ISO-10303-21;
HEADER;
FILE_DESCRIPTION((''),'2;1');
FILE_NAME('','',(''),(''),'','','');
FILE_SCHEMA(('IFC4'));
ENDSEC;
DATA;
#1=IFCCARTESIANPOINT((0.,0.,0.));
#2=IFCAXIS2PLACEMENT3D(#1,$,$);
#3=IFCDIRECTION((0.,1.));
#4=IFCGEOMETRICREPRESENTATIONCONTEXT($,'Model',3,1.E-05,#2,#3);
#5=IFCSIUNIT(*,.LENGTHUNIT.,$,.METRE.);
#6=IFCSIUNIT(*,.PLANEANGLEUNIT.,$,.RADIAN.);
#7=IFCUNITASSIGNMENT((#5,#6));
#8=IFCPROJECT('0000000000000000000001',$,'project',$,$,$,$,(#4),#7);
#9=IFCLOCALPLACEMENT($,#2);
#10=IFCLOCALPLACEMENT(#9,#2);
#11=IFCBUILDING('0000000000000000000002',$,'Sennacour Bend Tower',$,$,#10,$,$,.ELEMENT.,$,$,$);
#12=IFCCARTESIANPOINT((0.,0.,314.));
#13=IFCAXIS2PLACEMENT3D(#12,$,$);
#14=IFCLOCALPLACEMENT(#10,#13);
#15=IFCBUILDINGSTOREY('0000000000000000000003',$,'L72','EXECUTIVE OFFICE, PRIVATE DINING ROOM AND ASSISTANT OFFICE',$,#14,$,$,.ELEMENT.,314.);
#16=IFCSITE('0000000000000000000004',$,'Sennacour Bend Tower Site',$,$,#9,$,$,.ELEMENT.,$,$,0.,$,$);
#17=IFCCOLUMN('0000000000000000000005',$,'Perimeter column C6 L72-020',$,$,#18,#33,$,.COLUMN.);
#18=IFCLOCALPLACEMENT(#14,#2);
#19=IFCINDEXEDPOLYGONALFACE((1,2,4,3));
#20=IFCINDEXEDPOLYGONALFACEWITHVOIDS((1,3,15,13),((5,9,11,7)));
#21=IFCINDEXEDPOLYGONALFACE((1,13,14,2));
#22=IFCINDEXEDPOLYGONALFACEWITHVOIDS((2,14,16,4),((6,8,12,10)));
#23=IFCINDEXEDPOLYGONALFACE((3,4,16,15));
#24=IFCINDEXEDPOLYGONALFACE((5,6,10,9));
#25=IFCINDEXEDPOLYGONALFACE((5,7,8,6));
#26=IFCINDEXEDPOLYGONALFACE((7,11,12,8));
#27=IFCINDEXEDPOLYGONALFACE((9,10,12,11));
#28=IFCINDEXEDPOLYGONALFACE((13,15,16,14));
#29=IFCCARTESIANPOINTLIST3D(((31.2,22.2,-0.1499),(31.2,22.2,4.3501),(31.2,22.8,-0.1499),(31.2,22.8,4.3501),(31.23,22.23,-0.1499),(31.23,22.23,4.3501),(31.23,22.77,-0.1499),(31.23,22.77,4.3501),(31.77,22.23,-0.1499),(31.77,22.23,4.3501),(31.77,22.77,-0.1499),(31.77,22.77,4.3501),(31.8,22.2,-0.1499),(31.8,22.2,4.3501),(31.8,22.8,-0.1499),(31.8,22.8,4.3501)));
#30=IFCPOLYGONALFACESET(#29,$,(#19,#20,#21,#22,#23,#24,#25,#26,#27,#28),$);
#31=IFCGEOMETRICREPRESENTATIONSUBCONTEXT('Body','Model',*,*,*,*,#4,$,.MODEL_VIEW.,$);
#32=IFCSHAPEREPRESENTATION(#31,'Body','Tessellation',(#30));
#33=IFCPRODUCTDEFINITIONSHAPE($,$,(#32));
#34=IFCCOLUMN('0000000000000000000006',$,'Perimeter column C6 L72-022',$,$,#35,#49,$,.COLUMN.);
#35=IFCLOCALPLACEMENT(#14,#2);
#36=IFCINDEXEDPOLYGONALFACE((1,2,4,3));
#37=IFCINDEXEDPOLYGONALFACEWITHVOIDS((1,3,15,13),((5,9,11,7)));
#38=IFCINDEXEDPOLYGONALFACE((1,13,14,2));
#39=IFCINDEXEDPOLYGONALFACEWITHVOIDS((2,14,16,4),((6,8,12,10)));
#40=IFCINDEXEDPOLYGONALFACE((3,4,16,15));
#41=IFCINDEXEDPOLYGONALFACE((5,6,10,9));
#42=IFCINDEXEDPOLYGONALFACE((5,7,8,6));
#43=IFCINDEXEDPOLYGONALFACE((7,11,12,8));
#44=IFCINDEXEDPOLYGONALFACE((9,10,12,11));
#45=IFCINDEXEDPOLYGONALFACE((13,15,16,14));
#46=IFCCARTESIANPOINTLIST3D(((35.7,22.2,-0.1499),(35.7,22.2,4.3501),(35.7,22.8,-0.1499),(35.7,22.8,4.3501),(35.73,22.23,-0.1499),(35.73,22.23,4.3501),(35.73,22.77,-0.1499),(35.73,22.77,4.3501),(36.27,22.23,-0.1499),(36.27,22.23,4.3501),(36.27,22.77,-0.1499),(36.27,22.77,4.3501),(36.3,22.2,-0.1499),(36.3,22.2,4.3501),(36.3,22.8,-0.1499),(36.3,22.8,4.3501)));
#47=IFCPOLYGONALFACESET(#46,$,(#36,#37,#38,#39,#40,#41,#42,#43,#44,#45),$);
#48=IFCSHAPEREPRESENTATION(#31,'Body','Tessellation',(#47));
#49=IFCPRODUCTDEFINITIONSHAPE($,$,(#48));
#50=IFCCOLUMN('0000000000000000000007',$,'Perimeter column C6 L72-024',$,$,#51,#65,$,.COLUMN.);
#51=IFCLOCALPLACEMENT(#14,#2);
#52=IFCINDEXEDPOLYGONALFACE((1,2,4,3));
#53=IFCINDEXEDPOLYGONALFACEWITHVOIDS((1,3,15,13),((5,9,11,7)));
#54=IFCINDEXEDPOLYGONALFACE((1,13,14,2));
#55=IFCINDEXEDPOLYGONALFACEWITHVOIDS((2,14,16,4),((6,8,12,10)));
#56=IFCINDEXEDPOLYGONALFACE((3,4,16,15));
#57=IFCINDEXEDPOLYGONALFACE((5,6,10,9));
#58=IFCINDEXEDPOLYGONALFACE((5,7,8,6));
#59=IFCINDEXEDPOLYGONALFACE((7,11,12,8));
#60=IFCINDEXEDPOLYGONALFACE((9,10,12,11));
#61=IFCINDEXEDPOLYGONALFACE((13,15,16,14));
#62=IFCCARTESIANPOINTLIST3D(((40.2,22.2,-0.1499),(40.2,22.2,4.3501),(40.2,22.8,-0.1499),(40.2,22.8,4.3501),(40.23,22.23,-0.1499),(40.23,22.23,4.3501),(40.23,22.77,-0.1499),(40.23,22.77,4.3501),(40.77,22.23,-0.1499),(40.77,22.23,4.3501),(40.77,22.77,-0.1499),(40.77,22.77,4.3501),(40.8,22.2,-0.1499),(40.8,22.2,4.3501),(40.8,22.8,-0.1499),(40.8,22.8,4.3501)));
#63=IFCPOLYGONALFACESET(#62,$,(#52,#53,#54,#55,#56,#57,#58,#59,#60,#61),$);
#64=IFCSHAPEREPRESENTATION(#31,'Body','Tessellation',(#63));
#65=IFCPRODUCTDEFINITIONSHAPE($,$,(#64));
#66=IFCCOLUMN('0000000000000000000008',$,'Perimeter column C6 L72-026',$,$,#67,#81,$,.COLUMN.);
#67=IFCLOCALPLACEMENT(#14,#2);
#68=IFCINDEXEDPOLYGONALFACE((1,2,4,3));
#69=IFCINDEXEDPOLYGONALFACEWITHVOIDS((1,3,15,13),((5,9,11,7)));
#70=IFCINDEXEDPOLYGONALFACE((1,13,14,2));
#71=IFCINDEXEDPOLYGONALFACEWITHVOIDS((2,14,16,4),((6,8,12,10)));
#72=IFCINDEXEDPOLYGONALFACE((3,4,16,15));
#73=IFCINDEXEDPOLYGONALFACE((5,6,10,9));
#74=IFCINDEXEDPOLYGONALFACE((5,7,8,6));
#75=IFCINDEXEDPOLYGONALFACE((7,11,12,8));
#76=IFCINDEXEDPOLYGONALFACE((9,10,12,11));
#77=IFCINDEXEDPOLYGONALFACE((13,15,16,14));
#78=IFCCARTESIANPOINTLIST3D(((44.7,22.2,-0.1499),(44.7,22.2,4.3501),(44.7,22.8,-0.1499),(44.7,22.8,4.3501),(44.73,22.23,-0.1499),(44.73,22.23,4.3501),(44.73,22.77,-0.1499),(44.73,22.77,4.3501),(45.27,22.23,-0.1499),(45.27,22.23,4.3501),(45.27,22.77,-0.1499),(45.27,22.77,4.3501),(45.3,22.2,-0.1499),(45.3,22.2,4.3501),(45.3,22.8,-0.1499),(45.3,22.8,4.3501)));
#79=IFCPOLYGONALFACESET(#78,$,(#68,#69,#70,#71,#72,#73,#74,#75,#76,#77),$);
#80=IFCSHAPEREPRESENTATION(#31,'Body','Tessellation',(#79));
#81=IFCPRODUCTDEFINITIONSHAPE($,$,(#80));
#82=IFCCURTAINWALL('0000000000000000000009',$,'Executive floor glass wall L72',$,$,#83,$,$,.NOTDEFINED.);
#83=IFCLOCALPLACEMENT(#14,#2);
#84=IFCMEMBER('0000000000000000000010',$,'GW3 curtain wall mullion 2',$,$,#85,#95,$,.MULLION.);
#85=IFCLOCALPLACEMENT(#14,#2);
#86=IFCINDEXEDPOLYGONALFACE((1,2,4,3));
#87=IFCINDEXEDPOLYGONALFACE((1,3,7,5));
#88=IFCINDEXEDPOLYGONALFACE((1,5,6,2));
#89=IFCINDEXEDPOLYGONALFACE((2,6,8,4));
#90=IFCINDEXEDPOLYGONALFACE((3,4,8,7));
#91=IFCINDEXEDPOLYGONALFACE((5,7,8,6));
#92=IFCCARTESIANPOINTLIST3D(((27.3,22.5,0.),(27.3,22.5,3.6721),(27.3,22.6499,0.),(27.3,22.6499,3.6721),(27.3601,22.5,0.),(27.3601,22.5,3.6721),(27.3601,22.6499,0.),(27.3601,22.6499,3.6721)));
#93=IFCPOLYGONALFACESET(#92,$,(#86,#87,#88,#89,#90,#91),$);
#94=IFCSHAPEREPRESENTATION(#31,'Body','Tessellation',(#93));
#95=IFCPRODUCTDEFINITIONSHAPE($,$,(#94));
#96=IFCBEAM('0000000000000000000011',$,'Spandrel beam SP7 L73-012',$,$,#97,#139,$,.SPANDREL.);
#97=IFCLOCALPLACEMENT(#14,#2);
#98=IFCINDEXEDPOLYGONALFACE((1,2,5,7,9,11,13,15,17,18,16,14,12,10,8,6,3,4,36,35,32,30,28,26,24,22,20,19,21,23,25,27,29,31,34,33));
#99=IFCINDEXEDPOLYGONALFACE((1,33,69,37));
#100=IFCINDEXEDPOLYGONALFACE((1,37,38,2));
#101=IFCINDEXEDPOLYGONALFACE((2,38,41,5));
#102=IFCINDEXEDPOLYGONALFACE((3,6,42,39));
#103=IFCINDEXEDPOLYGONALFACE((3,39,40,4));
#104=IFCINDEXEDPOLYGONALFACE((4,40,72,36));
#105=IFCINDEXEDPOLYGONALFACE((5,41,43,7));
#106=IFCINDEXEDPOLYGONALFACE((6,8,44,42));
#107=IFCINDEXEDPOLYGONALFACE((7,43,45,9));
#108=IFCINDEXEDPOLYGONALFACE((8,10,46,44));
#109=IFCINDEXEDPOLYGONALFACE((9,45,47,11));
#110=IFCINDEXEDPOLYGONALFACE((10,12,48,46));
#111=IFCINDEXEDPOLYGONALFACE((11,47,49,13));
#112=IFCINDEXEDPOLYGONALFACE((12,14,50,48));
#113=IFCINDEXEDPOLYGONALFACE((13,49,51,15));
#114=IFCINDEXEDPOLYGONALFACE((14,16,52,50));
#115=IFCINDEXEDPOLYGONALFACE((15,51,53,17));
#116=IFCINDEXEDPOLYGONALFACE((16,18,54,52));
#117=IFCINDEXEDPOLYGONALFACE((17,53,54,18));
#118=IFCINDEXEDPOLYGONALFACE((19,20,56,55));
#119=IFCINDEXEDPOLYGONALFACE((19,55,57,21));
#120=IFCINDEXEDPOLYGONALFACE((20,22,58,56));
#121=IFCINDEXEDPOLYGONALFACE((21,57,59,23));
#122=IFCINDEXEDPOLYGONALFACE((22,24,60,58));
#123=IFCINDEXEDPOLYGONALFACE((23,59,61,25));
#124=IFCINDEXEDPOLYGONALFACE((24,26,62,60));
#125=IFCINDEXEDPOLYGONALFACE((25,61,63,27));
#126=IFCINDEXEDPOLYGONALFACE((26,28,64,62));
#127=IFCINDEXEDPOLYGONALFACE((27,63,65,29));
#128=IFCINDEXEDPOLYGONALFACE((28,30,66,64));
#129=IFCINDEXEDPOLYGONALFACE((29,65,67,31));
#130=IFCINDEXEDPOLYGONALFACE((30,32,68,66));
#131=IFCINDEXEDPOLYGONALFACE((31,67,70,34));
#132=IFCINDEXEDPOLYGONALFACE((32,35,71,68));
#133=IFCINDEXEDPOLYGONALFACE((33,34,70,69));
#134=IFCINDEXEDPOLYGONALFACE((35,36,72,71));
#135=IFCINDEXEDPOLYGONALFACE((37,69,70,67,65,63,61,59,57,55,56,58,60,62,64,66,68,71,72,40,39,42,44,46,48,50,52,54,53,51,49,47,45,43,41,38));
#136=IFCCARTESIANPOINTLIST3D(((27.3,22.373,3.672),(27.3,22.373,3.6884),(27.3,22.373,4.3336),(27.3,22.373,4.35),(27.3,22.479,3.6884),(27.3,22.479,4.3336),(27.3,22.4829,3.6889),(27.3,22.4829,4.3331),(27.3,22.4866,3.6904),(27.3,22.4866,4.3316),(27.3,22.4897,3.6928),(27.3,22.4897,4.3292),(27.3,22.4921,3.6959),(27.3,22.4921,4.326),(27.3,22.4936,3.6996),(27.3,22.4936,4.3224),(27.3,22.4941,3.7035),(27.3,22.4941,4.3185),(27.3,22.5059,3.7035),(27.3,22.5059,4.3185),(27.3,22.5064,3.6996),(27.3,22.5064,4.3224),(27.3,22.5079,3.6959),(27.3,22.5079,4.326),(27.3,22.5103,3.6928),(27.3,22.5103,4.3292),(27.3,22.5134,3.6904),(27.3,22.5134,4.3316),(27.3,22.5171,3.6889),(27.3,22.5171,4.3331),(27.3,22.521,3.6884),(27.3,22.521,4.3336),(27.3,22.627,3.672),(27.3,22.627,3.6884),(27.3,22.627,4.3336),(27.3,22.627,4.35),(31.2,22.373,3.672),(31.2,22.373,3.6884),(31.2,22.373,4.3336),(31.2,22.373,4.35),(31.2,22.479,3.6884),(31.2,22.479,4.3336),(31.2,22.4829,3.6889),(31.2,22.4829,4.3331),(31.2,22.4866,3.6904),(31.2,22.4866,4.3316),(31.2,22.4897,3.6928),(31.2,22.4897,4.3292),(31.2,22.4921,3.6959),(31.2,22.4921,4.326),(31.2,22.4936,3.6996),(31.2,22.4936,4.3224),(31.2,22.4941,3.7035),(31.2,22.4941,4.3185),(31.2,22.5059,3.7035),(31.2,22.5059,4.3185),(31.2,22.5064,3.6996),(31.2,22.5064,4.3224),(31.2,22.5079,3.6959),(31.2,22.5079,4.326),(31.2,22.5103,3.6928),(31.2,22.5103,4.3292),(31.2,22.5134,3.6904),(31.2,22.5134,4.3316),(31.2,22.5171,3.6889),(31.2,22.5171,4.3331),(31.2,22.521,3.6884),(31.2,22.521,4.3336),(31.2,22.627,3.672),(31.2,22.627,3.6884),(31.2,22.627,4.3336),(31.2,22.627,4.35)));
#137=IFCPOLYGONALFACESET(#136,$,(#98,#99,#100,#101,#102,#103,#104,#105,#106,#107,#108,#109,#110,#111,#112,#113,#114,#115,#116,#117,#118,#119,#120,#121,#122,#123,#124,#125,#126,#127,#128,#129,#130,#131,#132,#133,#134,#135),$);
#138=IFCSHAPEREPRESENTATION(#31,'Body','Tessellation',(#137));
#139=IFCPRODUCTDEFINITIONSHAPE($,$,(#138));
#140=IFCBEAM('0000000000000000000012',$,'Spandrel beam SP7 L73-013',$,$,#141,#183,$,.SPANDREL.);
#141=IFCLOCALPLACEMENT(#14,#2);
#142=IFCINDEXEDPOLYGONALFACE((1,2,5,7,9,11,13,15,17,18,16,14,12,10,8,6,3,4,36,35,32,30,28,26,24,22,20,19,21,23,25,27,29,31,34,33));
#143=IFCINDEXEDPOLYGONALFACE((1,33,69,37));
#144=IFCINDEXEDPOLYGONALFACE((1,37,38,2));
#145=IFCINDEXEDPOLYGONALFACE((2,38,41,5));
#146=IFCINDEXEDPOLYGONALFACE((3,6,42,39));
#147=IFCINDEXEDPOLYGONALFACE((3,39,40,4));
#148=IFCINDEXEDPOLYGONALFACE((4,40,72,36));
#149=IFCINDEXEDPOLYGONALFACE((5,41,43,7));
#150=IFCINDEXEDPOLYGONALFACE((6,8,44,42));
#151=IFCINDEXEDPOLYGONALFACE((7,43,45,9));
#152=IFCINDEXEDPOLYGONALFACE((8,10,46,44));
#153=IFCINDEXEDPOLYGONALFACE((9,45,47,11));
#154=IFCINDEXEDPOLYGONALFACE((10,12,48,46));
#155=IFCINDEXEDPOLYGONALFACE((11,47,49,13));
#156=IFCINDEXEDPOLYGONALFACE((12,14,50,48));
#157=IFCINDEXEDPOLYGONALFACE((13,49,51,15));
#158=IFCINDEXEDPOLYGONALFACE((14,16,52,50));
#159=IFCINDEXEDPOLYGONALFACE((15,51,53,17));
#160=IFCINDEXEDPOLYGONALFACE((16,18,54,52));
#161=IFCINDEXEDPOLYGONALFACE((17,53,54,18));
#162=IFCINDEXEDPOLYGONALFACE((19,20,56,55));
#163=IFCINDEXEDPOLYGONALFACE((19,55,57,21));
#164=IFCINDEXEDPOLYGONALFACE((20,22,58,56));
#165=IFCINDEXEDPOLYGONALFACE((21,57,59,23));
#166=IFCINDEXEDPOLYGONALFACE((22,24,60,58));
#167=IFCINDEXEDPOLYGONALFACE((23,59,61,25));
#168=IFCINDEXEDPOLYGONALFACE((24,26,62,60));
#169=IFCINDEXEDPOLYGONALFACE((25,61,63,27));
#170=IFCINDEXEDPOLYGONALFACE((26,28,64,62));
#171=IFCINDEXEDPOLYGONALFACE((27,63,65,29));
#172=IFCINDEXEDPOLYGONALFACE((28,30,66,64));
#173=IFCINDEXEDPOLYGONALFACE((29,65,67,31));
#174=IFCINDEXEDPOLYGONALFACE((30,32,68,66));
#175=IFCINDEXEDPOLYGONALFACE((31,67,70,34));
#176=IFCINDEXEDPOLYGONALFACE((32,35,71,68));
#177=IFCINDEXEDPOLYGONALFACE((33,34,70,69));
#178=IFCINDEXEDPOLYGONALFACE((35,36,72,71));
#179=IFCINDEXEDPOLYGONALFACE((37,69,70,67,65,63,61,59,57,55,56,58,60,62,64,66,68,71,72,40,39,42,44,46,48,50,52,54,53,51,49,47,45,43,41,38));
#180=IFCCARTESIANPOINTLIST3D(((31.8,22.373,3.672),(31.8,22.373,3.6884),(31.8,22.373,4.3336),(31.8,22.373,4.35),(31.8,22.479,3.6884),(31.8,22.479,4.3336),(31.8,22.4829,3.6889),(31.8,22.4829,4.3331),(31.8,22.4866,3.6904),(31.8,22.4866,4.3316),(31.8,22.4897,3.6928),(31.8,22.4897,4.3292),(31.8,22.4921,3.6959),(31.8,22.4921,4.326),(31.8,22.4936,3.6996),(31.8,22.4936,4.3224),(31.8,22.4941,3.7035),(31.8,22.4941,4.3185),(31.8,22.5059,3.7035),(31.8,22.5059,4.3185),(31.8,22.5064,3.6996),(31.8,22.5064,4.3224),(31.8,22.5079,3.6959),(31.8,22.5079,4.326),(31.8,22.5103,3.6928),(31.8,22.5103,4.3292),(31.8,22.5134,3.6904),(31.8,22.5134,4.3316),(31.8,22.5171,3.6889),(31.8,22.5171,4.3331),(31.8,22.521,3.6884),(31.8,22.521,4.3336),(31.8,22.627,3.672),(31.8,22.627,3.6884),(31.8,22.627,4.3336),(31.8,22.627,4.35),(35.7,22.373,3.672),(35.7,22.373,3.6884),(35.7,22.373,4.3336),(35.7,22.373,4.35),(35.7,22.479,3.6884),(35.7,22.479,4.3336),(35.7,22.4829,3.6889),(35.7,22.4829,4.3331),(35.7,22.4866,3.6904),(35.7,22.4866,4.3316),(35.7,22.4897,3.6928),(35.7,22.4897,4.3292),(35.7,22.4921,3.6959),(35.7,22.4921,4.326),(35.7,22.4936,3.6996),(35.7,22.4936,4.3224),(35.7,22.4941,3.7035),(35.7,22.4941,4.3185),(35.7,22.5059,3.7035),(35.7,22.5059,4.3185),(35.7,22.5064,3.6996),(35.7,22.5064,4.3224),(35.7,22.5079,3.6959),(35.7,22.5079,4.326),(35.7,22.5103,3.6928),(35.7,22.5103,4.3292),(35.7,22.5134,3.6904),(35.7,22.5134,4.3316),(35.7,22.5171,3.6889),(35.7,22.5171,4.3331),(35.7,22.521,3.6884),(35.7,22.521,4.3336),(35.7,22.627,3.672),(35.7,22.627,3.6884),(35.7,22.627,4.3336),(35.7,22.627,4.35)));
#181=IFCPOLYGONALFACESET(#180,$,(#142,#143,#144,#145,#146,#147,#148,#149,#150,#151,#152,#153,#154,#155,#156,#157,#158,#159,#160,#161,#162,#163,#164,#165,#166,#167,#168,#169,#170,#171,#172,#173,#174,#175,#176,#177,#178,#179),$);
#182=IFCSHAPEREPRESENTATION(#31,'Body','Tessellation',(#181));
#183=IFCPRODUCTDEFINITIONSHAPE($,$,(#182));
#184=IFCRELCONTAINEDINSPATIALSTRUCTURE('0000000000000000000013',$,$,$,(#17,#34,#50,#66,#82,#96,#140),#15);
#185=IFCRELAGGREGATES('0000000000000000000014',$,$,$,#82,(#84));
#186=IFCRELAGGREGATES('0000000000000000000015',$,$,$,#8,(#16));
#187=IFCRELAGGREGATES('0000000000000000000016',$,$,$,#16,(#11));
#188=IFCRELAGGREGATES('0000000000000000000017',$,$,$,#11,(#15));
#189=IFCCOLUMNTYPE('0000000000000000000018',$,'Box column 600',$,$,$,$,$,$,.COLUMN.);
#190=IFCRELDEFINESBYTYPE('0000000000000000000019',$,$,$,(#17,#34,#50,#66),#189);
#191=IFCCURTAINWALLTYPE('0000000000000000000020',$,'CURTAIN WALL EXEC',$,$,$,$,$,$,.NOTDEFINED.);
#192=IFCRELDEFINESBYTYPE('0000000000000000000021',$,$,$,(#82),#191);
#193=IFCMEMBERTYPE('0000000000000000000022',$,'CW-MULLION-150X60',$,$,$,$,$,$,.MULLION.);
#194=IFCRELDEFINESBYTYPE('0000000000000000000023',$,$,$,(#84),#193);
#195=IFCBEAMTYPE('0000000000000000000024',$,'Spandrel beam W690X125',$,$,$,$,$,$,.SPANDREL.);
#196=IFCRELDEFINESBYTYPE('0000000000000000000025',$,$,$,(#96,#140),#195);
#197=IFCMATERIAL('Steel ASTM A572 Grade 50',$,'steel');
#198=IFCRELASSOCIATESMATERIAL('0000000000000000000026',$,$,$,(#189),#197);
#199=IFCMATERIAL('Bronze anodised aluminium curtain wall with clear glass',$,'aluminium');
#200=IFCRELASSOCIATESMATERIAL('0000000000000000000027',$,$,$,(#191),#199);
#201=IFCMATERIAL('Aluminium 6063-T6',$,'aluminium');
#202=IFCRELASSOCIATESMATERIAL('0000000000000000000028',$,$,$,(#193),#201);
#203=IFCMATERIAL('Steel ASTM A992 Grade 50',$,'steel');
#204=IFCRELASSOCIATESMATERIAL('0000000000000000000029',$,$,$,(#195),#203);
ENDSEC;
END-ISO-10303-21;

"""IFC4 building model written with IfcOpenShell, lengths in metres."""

from ifc_helpers import new_model, si_unit, direction, frame, origin, origin_2d, place, context, subcontext, project, spatial, rectangle, hollow_rectangle, i_section, extrude, material, material_profile, profile_set, type_object, element, aggregate, save


model = new_model("IFC4")

# Units and contexts
model_context = context("Model", 3, precision=1e-05, world=origin(), true_north=direction((0.0, 1.0)))
body_context = subcontext(model_context, "Body", "Model", "MODEL_VIEW")
ifc_project = project(units=[si_unit("LENGTHUNIT", "METRE"), si_unit("PLANEANGLEUNIT", "RADIAN")], contexts=[model_context])

# Site, building, storey
site_placement = place(None, origin())
site = spatial("IfcSite", under=ifc_project, at=site_placement, Name="Sennacour Bend Tower Site", CompositionType="ELEMENT", RefElevation=0.0)
building_placement = place(site_placement, origin())
building = spatial("IfcBuilding", under=site, at=building_placement, Name="Sennacour Bend Tower", CompositionType="ELEMENT")
storey_placement = place(building_placement, frame((0.0, 0.0, 314.0)))
storey = spatial("IfcBuildingStorey", under=building, at=storey_placement, Name="L72", Description="EXECUTIVE OFFICE, PRIVATE DINING ROOM AND ASSISTANT OFFICE", CompositionType="ELEMENT", Elevation=314.0)

# Columns
ifc_material_1 = material(Name="Steel ASTM A572 Grade 50", Category="steel")
ifc_material_profile_1 = material_profile(ifc_material_1, hollow_rectangle(XDim=0.6001, YDim=0.6001, WallThickness=0.03, at=origin_2d()), Name="Steel ASTM A572 Grade 50", Category="steel")
ifc_profile_set_1 = profile_set([ifc_material_profile_1], Name="Steel ASTM A572 Grade 50")
column_type = type_object("IfcColumnType", Name="Box column 600", PredefinedType="COLUMN", material=ifc_profile_set_1)
for number, where, z_axis, x_axis, name in (
    (1, (31.5, 22.5, -0.1499), (0.0, 0.0, 1.0), (1.0, 0.0, 0.0), "Perimeter column C6 L72-020"),
    (2, (36.0, 22.5, -0.1499), (0.0, 0.0, 1.0), (1.0, 0.0, 0.0), "Perimeter column C6 L72-022"),
    (3, (40.5, 22.5, -0.1499), (0.0, 0.0, 1.0), (1.0, 0.0, 0.0), "Perimeter column C6 L72-024"),
    (4, (45.0, 22.5, -0.1499), (0.0, 0.0, 1.0), (1.0, 0.0, 0.0), "Perimeter column C6 L72-026"),
):
    element("IfcColumn", number, at=place(storey_placement, frame(where, z_axis=z_axis, x_axis=x_axis)), inside=storey, type_object=column_type, Name=name, PredefinedType="COLUMN", context=body_context, shape_type="SweptSolid", body=[
        extrude(hollow_rectangle(XDim=0.6001, YDim=0.6001, WallThickness=0.03, at=origin_2d()), origin(), (0.0, 0.0, 1.0), 4.5),
    ])

# Curtain wall, member
ifc_material_2 = material(Name="Bronze anodised aluminium curtain wall with clear glass", Category="aluminium")
curtain_wall_type = type_object("IfcCurtainWallType", Name="CURTAIN WALL EXEC", PredefinedType="NOTDEFINED", material=ifc_material_2)
curtain_wall_placement = place(storey_placement, origin())
curtain_wall = element("IfcCurtainWall", 5, at=curtain_wall_placement, inside=storey, type_object=curtain_wall_type, Name="Executive floor glass wall L72", PredefinedType="NOTDEFINED")
ifc_material_3 = material(Name="Aluminium 6063-T6", Category="aluminium")
ifc_material_profile_2 = material_profile(ifc_material_3, rectangle(XDim=0.1499, YDim=0.0601, at=origin_2d()), Name="Aluminium 6063-T6", Category="aluminium")
ifc_profile_set_2 = profile_set([ifc_material_profile_2], Name="Aluminium 6063-T6")
member_type = type_object("IfcMemberType", Name="CW-MULLION-150X60", PredefinedType="MULLION", material=ifc_profile_set_2)
member_placement = place(storey_placement, frame((27.3301, 22.575, 0.0), z_axis=(0.0, 0.0, 1.0), x_axis=(0.0, -1.0, 0.0)))
member = element("IfcMember", 6, at=member_placement, type_object=member_type, Name="GW3 curtain wall mullion 2", PredefinedType="MULLION", context=body_context, shape_type="SweptSolid", body=[
    extrude(rectangle(XDim=0.1499, YDim=0.0601, at=origin_2d()), origin(), (0.0, 0.0, 1.0), 3.6721),
])

# Beams
ifc_material_4 = material(Name="Steel ASTM A992 Grade 50", Category="steel")
ifc_material_profile_3 = material_profile(ifc_material_4, i_section(OverallWidth=0.2539, OverallDepth=0.678, WebThickness=0.0117, FlangeThickness=0.0164, FilletRadius=0.0151, at=origin_2d()), Name="Steel ASTM A992 Grade 50", Category="steel")
ifc_profile_set_3 = profile_set([ifc_material_profile_3], Name="Steel ASTM A992 Grade 50")
beam_type = type_object("IfcBeamType", Name="Spandrel beam W690X125", PredefinedType="SPANDREL", material=ifc_profile_set_3)
for number, where, z_axis, x_axis, name in (
    (7, (27.3, 22.5, 4.011), (1.0, 0.0, 0.0), (0.0, 1.0, 0.0), "Spandrel beam SP7 L73-012"),
    (8, (31.8, 22.5, 4.011), (1.0, 0.0, 0.0), (0.0, 1.0, 0.0), "Spandrel beam SP7 L73-013"),
):
    element("IfcBeam", number, at=place(storey_placement, frame(where, z_axis=z_axis, x_axis=x_axis)), inside=storey, type_object=beam_type, Name=name, PredefinedType="SPANDREL", context=body_context, shape_type="SweptSolid", body=[
        extrude(i_section(OverallWidth=0.2539, OverallDepth=0.678, WebThickness=0.0117, FlangeThickness=0.0164, FilletRadius=0.0151, at=origin_2d()), origin(), (0.0, 0.0, 1.0), 3.8999),
    ])

aggregate(curtain_wall, [member])

save(model, "model.ifc")
